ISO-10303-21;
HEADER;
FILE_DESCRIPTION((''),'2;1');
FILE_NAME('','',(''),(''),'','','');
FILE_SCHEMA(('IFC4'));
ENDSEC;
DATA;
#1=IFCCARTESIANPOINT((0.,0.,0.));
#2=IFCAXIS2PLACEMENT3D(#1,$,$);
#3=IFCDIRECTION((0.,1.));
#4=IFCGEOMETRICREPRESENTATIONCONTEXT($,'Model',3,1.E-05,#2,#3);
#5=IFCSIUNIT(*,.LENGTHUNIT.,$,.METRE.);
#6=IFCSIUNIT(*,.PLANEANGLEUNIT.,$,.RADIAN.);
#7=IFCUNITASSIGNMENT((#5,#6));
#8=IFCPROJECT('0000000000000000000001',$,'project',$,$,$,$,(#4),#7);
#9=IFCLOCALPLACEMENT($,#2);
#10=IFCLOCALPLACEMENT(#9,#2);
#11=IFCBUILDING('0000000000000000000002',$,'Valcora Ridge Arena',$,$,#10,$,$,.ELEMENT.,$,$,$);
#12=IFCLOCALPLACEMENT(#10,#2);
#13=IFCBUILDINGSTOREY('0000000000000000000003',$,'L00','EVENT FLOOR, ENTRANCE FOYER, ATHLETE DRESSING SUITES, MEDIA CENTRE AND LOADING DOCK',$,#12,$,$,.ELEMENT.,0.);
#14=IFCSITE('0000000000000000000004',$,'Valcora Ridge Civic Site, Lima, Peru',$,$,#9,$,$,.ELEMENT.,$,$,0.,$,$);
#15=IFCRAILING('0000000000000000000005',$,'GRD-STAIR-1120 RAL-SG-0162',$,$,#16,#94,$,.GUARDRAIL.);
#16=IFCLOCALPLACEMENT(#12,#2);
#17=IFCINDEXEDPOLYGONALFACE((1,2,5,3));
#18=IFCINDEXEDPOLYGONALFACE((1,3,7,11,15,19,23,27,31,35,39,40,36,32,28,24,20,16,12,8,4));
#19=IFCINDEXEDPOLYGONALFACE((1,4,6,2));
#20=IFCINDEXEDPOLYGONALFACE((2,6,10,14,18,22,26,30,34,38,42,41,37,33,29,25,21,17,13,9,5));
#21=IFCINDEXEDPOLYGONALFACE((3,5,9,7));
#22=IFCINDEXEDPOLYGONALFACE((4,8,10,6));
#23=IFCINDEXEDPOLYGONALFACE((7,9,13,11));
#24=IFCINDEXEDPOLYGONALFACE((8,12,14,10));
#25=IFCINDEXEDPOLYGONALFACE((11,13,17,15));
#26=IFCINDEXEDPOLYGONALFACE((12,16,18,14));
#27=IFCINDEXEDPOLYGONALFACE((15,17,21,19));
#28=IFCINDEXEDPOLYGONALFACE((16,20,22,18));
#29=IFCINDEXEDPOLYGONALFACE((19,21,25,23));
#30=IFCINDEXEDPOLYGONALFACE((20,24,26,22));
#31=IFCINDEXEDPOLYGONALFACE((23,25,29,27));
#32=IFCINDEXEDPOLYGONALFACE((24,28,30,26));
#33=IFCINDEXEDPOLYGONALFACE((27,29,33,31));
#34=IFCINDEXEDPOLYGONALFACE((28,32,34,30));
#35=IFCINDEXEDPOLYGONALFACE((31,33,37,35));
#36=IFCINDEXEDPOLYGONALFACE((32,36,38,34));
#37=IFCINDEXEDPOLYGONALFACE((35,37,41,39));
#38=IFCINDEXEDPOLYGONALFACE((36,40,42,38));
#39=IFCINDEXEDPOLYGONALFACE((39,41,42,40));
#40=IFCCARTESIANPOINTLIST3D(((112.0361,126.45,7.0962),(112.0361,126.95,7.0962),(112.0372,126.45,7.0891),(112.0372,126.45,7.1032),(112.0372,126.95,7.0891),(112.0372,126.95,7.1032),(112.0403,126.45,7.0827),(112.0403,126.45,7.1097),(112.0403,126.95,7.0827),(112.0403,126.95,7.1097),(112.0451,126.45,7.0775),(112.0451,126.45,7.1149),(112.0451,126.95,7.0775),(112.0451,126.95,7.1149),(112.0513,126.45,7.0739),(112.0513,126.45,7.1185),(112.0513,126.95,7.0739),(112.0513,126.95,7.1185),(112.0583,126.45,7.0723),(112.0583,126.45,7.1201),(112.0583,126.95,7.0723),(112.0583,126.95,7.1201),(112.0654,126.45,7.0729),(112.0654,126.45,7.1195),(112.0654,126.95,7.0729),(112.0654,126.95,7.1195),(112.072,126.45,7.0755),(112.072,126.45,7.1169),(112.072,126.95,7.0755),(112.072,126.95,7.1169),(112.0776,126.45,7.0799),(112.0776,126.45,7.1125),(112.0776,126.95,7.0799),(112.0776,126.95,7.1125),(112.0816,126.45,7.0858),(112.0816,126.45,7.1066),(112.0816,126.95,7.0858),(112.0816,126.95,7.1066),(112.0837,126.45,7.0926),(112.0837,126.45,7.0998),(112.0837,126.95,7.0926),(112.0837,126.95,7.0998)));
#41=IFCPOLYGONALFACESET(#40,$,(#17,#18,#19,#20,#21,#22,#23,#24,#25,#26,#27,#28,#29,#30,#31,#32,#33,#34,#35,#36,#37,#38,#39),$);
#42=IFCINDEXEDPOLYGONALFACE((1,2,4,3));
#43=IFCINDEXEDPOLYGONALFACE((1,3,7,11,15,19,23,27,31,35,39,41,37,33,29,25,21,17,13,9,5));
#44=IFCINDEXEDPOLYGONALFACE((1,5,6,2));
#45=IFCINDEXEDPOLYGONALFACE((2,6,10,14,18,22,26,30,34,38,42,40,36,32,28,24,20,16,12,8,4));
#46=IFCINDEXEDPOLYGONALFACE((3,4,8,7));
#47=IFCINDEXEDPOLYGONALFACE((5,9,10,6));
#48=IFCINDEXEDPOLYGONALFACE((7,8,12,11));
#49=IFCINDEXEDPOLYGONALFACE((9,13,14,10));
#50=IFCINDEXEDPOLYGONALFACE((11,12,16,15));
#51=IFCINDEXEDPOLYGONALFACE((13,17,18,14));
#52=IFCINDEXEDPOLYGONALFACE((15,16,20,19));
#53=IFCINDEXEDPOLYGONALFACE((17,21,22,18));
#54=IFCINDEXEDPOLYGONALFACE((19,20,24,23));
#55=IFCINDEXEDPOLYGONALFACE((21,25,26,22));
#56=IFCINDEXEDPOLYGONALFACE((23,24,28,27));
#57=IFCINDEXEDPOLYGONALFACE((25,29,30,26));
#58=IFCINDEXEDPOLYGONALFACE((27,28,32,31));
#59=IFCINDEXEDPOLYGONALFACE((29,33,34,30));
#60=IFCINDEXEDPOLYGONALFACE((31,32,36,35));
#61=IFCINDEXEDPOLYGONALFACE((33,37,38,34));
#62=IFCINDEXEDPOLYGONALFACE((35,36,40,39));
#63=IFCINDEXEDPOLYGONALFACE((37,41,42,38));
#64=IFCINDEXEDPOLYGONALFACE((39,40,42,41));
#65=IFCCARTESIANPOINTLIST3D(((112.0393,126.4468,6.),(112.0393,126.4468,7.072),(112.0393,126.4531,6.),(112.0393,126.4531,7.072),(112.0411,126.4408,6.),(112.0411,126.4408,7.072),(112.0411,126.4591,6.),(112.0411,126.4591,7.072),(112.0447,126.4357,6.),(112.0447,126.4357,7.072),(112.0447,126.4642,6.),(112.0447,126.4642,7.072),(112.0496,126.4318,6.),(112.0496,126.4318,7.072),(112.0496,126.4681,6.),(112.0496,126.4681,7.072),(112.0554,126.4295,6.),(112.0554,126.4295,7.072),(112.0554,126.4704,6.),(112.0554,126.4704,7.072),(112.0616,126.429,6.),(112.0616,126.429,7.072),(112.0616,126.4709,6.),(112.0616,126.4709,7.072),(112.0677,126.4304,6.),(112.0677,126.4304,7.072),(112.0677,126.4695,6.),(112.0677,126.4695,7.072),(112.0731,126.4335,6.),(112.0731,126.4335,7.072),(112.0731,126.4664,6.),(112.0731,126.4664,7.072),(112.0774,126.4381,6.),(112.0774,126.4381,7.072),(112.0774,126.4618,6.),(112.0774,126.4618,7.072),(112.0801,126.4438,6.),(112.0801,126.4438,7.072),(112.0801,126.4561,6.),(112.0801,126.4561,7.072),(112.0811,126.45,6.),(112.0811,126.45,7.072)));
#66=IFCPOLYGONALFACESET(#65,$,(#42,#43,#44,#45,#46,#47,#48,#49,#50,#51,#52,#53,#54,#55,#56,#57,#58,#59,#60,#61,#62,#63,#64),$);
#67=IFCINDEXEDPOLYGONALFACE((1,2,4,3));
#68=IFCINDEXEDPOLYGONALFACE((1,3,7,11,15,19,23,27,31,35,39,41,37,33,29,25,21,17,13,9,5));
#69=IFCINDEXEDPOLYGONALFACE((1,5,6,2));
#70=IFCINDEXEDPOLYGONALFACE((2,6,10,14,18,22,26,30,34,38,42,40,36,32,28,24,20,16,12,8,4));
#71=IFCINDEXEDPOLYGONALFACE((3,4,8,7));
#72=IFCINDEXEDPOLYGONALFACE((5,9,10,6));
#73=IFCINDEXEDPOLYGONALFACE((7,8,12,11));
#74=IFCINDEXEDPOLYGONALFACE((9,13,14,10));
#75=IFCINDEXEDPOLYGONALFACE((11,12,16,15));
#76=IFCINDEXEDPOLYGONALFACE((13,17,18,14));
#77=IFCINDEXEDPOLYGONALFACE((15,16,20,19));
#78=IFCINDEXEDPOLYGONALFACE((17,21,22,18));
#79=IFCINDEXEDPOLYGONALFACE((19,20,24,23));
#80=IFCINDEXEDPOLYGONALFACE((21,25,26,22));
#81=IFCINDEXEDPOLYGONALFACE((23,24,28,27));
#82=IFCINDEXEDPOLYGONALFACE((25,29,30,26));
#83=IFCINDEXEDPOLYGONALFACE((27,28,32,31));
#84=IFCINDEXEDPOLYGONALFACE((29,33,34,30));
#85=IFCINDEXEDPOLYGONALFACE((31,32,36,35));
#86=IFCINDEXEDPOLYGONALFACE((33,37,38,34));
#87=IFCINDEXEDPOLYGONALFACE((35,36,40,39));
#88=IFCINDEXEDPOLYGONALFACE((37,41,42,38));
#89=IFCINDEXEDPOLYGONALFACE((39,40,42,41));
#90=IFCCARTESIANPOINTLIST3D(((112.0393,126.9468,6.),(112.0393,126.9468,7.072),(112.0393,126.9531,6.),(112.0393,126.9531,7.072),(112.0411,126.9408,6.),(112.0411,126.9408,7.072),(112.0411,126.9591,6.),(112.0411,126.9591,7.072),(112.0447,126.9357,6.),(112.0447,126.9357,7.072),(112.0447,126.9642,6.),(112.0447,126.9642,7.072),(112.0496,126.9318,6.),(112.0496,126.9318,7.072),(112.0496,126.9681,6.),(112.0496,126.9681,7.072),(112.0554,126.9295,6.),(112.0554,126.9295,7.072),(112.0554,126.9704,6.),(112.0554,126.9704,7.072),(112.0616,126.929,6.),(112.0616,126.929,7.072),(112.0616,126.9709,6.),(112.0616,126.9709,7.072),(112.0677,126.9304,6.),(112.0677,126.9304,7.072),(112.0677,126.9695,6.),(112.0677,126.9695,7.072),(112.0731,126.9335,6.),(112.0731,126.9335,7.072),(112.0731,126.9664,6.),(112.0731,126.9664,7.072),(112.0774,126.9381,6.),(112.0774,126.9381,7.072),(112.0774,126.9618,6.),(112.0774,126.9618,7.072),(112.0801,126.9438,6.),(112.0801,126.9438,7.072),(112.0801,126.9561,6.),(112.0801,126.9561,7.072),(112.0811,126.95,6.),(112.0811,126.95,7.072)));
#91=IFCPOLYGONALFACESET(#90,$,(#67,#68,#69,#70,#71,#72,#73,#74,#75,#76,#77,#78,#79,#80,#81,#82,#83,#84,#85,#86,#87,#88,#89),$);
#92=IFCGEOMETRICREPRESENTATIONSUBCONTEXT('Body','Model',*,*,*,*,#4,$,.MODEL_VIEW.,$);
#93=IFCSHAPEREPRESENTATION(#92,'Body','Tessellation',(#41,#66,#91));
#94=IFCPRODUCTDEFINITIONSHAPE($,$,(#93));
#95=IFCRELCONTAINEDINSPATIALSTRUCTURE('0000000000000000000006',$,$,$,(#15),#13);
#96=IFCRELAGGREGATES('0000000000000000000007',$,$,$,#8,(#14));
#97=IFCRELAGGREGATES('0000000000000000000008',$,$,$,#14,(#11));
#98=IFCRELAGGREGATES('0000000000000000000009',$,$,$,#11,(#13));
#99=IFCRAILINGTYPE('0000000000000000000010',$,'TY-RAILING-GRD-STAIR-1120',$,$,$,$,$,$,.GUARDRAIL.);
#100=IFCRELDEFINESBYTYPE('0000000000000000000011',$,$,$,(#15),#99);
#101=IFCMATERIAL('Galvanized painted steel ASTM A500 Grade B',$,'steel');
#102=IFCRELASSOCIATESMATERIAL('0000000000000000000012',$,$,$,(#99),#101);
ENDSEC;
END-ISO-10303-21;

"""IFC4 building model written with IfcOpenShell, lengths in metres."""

from ifc_helpers import new_model, si_unit, direction, frame, origin, origin_2d, place, context, subcontext, project, spatial, circle, extrude, material, type_object, element, save


model = new_model("IFC4")

# Units and contexts
model_context = context("Model", 3, precision=1e-05, world=origin(), true_north=direction((0.0, 1.0)))
body_context = subcontext(model_context, "Body", "Model", "MODEL_VIEW")
ifc_project = project(units=[si_unit("LENGTHUNIT", "METRE"), si_unit("PLANEANGLEUNIT", "RADIAN")], contexts=[model_context])

# Site, building, storey
site_placement = place(None, origin())
site = spatial("IfcSite", under=ifc_project, at=site_placement, Name="Valcora Ridge Civic Site, Lima, Peru", CompositionType="ELEMENT", RefElevation=0.0)
building_placement = place(site_placement, origin())
building = spatial("IfcBuilding", under=site, at=building_placement, Name="Valcora Ridge Arena", CompositionType="ELEMENT")
storey_placement = place(building_placement, origin())
storey = spatial("IfcBuildingStorey", under=building, at=storey_placement, Name="L00", Description="EVENT FLOOR, ENTRANCE FOYER, ATHLETE DRESSING SUITES, MEDIA CENTRE AND LOADING DOCK", CompositionType="ELEMENT", Elevation=0.0)

# Railing
ifc_material_1 = material(Name="Galvanized painted steel ASTM A500 Grade B", Category="steel")
railing_type_1 = type_object("IfcRailingType", Name="TY-RAILING-GRD-STAIR-1120", PredefinedType="GUARDRAIL", material=ifc_material_1)
railing_1_placement = place(storey_placement, frame((112.0601, 126.45, 6.0)))
element("IfcRailing", 1, at=railing_1_placement, inside=storey, type_object=railing_type_1, Name="GRD-STAIR-1120 RAL-SG-0162", PredefinedType="GUARDRAIL", context=body_context, shape_type="SweptSolid", body=[
    extrude(circle(Radius=0.0239, at=origin_2d()), frame((0.0, 0.0, 1.0962), z_axis=(0.0, 1.0, 0.0), x_axis=(-1.0, 0.0, 0.0)), (0.0, 0.0, 1.0), 0.5),
    extrude(circle(Radius=0.021, at=origin_2d()), origin(), (0.0, 0.0, 1.0), 1.072),
    extrude(circle(Radius=0.021, at=origin_2d()), frame((0.0, 0.5, 0.0)), (0.0, 0.0, 1.0), 1.072),
])

save(model, "model.ifc")
